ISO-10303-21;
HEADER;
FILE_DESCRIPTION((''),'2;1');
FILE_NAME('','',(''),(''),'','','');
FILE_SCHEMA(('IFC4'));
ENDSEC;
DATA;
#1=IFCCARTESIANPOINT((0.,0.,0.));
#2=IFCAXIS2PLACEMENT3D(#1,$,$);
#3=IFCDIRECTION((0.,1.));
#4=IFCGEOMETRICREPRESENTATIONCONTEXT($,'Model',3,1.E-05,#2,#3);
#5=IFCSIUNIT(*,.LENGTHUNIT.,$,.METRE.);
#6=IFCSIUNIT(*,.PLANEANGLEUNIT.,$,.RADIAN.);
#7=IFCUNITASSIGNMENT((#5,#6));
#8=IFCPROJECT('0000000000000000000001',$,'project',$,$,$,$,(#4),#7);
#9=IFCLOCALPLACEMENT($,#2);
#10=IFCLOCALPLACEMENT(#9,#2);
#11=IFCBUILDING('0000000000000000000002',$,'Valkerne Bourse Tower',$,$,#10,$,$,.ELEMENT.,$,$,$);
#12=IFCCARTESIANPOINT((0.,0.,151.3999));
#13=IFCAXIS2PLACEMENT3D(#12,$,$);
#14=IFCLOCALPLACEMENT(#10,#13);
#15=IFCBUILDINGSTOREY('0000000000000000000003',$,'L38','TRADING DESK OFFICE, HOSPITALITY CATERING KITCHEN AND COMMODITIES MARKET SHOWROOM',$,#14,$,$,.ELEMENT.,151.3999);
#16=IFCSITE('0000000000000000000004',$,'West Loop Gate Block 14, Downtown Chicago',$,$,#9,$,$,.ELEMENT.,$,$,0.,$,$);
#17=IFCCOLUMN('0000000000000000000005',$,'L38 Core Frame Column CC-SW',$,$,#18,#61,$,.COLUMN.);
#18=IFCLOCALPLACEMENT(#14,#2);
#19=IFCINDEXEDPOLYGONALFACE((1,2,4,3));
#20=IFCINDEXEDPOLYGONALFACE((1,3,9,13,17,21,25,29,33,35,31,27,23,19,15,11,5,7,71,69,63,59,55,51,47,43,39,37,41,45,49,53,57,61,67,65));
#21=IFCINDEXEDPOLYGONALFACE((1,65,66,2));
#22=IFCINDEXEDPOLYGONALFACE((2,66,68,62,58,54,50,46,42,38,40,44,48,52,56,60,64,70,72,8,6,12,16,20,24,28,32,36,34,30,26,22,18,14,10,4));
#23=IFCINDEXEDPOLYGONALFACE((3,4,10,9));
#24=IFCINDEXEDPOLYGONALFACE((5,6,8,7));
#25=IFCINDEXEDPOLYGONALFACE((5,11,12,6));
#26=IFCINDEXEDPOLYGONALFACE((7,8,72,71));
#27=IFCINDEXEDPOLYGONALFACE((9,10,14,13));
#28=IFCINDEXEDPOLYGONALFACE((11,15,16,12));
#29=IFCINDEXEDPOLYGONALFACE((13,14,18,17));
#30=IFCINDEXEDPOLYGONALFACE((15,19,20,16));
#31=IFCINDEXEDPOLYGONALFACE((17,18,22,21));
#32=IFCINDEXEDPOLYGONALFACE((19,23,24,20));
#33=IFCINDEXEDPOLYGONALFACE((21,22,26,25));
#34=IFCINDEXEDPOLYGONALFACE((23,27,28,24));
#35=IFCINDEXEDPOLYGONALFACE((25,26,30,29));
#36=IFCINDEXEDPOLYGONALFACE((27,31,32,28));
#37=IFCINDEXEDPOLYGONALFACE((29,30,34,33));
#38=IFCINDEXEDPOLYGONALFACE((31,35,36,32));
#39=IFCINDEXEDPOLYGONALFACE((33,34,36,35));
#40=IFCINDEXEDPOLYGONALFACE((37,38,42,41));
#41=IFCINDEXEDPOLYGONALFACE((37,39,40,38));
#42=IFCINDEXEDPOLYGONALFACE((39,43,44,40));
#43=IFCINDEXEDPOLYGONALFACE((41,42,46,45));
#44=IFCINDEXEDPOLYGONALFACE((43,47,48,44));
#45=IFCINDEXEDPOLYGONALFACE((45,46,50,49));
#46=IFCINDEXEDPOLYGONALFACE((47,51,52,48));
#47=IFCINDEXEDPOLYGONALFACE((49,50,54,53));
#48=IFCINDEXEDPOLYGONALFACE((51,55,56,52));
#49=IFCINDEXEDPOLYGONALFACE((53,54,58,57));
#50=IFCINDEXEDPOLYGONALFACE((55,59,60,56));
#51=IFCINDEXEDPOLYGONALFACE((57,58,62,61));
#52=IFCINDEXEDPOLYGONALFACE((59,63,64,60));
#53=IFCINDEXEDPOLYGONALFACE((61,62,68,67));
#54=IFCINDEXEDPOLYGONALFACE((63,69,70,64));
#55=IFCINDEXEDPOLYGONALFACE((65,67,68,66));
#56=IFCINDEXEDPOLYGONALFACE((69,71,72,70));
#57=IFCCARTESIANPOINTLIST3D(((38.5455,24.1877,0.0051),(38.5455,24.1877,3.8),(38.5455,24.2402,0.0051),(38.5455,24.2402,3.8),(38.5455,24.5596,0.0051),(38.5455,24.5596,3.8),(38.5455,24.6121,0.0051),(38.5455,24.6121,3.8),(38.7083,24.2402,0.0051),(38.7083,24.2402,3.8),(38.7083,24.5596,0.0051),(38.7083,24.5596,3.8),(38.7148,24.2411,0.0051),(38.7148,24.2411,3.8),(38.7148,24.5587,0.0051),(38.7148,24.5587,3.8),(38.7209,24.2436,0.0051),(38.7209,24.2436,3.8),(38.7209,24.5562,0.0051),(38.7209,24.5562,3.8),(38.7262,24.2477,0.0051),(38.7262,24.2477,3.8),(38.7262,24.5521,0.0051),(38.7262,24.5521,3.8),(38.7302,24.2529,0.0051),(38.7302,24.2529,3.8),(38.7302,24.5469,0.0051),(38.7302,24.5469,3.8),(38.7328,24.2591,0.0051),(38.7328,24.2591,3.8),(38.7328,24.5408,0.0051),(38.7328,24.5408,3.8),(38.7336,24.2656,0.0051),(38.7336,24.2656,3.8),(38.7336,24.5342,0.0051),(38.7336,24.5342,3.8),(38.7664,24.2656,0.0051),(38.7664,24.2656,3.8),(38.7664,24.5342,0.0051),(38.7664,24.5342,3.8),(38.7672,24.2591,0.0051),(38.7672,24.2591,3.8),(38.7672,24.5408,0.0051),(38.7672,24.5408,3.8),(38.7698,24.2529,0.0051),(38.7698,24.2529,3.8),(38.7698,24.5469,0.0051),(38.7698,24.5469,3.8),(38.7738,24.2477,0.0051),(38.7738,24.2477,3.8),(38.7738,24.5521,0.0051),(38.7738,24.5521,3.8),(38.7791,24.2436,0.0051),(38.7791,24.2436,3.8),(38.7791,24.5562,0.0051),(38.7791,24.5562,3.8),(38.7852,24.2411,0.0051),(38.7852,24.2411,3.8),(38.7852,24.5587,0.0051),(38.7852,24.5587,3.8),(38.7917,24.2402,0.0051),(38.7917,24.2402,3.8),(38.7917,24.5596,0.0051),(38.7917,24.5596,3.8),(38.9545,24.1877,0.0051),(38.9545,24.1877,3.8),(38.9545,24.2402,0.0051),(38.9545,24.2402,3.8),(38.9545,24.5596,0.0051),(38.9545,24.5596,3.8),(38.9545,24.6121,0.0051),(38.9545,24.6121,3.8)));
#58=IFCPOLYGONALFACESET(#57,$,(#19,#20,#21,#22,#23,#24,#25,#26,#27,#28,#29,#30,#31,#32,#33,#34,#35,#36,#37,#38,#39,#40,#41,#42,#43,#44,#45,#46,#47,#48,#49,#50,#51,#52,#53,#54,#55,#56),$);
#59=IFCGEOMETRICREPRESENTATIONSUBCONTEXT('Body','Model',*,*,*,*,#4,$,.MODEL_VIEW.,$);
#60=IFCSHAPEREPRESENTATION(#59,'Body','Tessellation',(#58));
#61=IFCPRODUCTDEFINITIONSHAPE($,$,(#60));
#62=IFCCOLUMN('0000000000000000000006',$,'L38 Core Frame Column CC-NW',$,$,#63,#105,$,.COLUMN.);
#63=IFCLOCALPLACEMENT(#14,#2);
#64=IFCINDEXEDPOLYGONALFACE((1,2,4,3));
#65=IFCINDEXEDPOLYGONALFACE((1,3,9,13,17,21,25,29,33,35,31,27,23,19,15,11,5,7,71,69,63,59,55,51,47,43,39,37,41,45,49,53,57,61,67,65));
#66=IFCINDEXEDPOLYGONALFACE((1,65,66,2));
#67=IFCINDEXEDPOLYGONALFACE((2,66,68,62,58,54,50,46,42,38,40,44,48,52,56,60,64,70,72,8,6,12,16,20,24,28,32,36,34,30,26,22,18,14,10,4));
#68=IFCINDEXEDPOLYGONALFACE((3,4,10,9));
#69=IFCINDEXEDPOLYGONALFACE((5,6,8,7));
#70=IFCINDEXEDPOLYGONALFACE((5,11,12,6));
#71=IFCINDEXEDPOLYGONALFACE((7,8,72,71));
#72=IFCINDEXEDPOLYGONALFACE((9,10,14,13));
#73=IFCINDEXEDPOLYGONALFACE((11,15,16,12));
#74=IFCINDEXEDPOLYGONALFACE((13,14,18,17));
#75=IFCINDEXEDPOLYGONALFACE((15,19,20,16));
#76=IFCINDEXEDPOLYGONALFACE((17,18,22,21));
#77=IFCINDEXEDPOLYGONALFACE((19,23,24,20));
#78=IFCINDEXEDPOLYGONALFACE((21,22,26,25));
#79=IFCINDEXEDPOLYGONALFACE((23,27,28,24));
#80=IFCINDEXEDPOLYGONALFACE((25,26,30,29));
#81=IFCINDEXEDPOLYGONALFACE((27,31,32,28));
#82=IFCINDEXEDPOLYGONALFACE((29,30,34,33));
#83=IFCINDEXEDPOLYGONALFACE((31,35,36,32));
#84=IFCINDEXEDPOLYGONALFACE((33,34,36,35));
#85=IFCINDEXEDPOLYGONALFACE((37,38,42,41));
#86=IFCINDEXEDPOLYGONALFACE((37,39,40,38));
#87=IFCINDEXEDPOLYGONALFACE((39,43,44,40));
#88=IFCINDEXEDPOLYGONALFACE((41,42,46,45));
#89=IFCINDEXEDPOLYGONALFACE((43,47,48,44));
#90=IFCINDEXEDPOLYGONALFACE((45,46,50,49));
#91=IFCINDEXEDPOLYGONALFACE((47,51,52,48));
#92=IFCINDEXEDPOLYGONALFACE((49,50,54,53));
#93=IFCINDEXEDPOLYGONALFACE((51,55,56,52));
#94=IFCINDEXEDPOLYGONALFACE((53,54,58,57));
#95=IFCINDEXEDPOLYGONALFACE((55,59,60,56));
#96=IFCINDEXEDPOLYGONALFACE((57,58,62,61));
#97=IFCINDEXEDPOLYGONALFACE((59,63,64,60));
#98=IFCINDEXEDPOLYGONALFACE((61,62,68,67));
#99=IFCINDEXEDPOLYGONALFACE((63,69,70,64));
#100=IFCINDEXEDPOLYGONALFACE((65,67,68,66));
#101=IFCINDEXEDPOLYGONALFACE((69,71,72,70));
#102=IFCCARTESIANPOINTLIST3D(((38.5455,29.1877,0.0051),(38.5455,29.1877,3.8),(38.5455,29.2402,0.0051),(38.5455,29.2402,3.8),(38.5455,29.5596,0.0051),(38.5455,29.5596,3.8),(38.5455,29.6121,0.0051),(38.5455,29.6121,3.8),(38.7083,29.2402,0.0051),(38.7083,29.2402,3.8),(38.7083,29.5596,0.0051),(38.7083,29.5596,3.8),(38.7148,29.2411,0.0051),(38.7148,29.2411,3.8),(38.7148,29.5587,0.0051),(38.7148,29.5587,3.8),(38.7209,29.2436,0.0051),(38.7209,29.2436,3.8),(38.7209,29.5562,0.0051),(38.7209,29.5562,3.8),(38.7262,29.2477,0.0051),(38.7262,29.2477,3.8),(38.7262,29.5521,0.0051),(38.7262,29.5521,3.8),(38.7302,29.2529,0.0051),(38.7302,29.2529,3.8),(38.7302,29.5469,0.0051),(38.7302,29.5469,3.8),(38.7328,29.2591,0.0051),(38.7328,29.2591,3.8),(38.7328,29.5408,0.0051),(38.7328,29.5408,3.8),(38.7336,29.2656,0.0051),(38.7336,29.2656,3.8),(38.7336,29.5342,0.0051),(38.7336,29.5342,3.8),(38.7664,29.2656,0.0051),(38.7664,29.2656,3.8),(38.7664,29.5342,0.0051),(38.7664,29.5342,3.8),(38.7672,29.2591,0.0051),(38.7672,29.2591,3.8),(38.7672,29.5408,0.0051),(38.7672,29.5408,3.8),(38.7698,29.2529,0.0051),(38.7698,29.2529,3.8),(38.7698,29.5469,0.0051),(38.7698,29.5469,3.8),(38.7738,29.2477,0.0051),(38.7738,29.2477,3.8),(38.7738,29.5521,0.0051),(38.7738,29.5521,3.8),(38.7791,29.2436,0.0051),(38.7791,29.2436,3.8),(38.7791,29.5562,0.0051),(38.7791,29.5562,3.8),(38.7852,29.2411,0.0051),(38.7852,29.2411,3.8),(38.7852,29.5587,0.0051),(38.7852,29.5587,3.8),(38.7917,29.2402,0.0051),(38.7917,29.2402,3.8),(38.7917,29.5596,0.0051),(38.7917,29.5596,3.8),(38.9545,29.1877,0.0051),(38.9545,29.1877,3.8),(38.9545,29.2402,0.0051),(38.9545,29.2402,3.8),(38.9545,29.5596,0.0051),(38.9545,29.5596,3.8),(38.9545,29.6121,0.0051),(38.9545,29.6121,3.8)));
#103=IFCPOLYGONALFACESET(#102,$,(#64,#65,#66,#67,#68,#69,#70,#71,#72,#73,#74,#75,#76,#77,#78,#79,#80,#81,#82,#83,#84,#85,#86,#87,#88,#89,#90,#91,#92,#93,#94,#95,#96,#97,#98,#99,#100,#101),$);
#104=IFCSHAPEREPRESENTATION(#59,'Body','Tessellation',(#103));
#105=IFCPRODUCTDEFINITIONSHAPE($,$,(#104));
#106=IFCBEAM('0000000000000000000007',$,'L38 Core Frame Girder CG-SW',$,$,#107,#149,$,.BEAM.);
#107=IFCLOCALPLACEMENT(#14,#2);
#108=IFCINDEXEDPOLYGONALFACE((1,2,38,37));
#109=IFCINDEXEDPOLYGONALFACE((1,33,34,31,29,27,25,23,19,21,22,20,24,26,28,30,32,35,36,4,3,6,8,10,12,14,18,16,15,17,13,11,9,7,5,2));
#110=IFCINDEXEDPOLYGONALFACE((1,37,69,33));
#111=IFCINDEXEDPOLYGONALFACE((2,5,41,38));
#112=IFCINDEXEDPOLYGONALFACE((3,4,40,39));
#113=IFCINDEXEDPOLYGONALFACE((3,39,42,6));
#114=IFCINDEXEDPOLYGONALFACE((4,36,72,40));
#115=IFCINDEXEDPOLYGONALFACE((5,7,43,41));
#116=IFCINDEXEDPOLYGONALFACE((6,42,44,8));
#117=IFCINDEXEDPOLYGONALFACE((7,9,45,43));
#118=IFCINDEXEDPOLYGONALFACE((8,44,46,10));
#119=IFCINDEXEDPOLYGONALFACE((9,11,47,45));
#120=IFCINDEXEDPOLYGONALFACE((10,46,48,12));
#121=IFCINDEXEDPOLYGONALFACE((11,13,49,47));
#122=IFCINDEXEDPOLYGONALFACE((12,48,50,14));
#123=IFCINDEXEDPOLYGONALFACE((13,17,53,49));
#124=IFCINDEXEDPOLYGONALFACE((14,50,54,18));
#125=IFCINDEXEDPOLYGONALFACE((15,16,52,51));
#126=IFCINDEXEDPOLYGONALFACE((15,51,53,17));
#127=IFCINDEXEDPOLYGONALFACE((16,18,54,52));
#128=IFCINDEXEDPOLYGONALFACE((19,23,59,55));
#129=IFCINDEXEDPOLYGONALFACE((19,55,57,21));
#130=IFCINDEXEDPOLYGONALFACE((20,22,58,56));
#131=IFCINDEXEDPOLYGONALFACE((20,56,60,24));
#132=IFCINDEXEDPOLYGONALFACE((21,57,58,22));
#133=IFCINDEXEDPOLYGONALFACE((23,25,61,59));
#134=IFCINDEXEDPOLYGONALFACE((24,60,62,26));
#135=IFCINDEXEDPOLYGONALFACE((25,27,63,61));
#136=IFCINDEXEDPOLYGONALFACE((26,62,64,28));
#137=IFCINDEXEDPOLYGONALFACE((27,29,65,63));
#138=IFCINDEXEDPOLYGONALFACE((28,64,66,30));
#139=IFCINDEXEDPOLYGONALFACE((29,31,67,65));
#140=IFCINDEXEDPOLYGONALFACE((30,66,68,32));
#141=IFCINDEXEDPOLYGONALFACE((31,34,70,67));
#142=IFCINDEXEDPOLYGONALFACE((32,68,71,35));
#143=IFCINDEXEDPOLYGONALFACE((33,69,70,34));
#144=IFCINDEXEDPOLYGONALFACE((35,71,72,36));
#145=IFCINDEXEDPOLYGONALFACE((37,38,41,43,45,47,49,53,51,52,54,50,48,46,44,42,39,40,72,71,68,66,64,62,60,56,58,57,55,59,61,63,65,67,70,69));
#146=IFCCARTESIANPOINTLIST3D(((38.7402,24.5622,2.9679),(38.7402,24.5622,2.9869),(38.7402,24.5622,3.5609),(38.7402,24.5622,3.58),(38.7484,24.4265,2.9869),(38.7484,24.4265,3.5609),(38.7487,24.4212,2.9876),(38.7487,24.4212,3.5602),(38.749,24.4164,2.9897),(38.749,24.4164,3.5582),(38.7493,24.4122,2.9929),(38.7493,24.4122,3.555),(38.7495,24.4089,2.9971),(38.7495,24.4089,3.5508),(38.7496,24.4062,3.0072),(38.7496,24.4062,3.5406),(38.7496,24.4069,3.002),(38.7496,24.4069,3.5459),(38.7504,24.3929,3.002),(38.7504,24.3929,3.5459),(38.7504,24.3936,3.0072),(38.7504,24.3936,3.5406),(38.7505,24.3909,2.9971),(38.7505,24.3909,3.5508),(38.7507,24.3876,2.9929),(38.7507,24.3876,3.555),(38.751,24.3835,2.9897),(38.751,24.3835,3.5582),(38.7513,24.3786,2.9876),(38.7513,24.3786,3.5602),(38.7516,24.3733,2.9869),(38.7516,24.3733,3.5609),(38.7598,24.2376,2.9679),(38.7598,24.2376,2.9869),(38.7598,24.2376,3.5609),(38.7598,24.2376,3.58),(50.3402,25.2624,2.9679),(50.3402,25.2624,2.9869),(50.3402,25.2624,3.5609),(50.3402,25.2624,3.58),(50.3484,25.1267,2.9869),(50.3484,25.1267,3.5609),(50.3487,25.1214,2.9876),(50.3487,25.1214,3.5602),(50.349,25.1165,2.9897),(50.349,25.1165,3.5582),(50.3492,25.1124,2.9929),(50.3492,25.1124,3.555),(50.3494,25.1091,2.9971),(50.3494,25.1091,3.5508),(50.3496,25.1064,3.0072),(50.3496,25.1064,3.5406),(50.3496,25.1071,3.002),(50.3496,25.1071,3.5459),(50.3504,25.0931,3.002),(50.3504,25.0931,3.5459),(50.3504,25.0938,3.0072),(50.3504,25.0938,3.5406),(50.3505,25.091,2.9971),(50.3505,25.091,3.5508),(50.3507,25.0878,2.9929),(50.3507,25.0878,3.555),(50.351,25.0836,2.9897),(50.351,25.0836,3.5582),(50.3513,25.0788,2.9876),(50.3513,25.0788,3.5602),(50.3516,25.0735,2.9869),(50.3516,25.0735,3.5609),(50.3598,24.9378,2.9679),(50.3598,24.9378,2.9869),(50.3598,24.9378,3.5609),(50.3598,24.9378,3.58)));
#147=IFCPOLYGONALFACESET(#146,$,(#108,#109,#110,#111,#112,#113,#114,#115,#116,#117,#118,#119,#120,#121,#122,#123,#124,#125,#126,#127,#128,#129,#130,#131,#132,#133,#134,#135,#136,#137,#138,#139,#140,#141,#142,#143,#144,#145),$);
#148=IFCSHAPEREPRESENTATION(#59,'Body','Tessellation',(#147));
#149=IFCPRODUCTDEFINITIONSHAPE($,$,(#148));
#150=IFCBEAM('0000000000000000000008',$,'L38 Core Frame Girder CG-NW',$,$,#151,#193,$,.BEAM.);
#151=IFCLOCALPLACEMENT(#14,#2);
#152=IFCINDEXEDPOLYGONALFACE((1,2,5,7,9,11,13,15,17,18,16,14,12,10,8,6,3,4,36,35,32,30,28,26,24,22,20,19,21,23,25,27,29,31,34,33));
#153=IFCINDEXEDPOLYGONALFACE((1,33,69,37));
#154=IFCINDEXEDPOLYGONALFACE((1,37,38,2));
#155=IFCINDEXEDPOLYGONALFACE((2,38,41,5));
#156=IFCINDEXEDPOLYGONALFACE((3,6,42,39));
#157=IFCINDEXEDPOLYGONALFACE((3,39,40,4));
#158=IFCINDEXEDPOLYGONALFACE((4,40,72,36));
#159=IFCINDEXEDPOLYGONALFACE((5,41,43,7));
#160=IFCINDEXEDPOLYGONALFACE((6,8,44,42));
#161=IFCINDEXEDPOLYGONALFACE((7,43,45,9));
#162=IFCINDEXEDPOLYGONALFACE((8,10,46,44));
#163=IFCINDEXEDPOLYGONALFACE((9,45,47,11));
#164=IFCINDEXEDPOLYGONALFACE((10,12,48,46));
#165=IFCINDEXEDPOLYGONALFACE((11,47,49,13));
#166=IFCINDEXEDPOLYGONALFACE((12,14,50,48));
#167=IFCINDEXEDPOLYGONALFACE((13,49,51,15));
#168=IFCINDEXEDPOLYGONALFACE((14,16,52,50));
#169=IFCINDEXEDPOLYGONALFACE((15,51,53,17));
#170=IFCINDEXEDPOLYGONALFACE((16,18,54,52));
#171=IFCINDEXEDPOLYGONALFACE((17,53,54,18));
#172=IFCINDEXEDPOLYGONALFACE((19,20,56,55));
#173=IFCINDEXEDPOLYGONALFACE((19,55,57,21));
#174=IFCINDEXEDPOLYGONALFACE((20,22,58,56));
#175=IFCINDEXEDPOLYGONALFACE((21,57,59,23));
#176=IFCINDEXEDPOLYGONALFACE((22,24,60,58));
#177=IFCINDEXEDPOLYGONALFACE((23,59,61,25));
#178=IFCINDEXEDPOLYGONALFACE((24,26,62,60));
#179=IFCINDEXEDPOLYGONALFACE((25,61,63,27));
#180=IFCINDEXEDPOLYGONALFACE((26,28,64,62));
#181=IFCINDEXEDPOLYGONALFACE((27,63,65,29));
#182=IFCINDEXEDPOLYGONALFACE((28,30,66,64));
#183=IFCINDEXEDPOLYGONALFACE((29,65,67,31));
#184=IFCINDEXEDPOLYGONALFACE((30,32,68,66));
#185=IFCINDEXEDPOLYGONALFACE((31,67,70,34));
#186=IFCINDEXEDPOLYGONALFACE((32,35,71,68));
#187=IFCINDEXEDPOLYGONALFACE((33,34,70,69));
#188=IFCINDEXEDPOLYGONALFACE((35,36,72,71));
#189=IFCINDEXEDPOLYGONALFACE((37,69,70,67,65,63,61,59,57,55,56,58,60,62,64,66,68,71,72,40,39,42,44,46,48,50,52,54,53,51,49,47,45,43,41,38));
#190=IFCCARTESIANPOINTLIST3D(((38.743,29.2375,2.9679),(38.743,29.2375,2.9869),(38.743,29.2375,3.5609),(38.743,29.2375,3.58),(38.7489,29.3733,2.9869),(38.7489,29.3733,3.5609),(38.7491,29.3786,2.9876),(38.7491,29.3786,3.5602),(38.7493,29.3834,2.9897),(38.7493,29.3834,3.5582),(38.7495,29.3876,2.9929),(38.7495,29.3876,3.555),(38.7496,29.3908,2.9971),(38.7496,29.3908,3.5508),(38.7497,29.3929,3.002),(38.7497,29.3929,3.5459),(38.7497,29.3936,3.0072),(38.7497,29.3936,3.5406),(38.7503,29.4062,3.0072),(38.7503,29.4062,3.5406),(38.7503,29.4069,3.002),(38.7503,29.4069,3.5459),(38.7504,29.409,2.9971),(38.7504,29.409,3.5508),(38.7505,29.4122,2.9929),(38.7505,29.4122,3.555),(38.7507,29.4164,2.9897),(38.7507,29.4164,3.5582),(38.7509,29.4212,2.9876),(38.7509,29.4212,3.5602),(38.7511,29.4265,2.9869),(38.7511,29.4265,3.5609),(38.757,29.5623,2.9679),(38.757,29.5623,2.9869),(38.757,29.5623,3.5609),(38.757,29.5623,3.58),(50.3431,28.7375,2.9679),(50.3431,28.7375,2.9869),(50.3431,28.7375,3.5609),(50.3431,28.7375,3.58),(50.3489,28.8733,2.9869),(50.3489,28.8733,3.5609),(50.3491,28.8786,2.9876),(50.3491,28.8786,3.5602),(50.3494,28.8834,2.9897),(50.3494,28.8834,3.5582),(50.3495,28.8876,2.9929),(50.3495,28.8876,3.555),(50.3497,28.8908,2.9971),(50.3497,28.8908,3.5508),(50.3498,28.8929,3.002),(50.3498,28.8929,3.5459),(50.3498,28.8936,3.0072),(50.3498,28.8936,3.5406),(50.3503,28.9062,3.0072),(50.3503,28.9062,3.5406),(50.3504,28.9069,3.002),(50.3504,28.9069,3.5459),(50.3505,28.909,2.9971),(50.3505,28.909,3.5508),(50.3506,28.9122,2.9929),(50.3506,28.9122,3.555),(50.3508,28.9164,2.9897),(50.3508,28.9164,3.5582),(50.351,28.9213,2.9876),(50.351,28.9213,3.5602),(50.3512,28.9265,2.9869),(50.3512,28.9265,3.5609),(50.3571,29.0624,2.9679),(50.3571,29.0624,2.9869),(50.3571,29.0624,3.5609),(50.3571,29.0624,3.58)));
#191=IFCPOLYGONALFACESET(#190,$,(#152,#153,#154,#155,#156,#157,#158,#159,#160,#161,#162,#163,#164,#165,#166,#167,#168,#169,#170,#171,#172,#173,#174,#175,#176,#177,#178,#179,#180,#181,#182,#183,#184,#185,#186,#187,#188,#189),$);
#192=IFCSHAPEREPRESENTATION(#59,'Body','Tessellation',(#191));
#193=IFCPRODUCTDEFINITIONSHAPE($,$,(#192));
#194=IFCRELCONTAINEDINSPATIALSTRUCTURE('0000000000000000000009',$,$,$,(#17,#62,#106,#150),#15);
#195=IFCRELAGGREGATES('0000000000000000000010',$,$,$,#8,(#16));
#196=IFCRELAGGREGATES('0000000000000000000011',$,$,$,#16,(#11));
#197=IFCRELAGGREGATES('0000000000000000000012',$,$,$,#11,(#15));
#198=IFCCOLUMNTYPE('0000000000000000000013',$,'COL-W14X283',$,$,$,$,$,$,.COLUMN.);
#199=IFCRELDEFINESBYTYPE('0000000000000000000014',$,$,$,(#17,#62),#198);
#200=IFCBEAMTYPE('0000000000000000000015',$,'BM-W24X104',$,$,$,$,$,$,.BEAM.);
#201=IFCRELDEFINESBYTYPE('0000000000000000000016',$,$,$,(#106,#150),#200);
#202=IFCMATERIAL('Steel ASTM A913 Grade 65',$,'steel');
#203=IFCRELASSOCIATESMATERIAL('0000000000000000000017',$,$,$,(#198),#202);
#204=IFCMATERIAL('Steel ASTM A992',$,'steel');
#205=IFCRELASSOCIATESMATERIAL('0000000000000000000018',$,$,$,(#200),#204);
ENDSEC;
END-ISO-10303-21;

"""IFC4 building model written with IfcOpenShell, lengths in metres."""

from ifc_helpers import new_model, si_unit, direction, frame, origin, origin_2d, place, context, subcontext, project, spatial, i_section, extrude, material, material_profile, profile_set, type_object, element, save


model = new_model("IFC4")

# Units and contexts
model_context = context("Model", 3, precision=1e-05, world=origin(), true_north=direction((0.0, 1.0)))
body_context = subcontext(model_context, "Body", "Model", "MODEL_VIEW")
ifc_project = project(units=[si_unit("LENGTHUNIT", "METRE"), si_unit("PLANEANGLEUNIT", "RADIAN")], contexts=[model_context])

# Site, building, storey
site_placement = place(None, origin())
site = spatial("IfcSite", under=ifc_project, at=site_placement, Name="West Loop Gate Block 14, Downtown Chicago", CompositionType="ELEMENT", RefElevation=0.0)
building_placement = place(site_placement, origin())
building = spatial("IfcBuilding", under=site, at=building_placement, Name="Valkerne Bourse Tower", CompositionType="ELEMENT")
storey_placement = place(building_placement, frame((0.0, 0.0, 151.3999)))
storey = spatial("IfcBuildingStorey", under=building, at=storey_placement, Name="L38", Description="TRADING DESK OFFICE, HOSPITALITY CATERING KITCHEN AND COMMODITIES MARKET SHOWROOM", CompositionType="ELEMENT", Elevation=151.3999)

# Columns
ifc_material_1 = material(Name="Steel ASTM A913 Grade 65", Category="steel")
ifc_material_profile_1 = material_profile(ifc_material_1, i_section(OverallWidth=0.4089, OverallDepth=0.4243, WebThickness=0.0327, FlangeThickness=0.0525, FilletRadius=0.0254, at=origin_2d()), Name="W14X283")
ifc_profile_set_1 = profile_set([ifc_material_profile_1], Name="Steel ASTM A913 Grade 65")
column_type = type_object("IfcColumnType", Name="COL-W14X283", PredefinedType="COLUMN", material=ifc_profile_set_1)
for number, where, z_axis, x_axis, name in (
    (1, (38.75, 24.3999, 0.0051), (0.0, 0.0, 1.0), (1.0, 0.0, 0.0), "L38 Core Frame Column CC-SW"),
    (2, (38.75, 29.3999, 0.0051), (0.0, 0.0, 1.0), (1.0, 0.0, 0.0), "L38 Core Frame Column CC-NW"),
):
    element("IfcColumn", number, at=place(storey_placement, frame(where, z_axis=z_axis, x_axis=x_axis)), inside=storey, type_object=column_type, Name=name, PredefinedType="COLUMN", context=body_context, shape_type="SweptSolid", body=[
        extrude(i_section(OverallWidth=0.4089, OverallDepth=0.4243, WebThickness=0.0327, FlangeThickness=0.0525, FilletRadius=0.0254, at=origin_2d()), origin(), (0.0, 0.0, 1.0), 3.7949),
    ])

# Beams
ifc_material_2 = material(Name="Steel ASTM A992", Category="steel")
ifc_material_profile_2 = material_profile(ifc_material_2, i_section(OverallWidth=0.3252, OverallDepth=0.6121, WebThickness=0.0127, FlangeThickness=0.019, FilletRadius=0.0203, at=origin_2d()), Name="W24X104")
ifc_profile_set_2 = profile_set([ifc_material_profile_2], Name="Steel ASTM A992")
beam_type = type_object("IfcBeamType", Name="BM-W24X104", PredefinedType="BEAM", material=ifc_profile_set_2)
beam_1_placement = place(storey_placement, frame((38.75, 24.3999, 3.2739), z_axis=(0.998183, 0.060251, 0.0), x_axis=(-0.060251, 0.998183, 0.0)))
element("IfcBeam", 3, at=beam_1_placement, inside=storey, type_object=beam_type, Name="L38 Core Frame Girder CG-SW", PredefinedType="BEAM", context=body_context, shape_type="SweptSolid", body=[
    extrude(i_section(OverallWidth=0.3252, OverallDepth=0.6121, WebThickness=0.0127, FlangeThickness=0.019, FilletRadius=0.0203, at=origin_2d()), origin(), (0.0, 0.0, 1.0), 11.6211),
])
beam_2_placement = place(storey_placement, frame((38.75, 29.3999, 3.2739), z_axis=(0.999072, -0.043063, 0.0), x_axis=(0.043063, 0.999072, 0.0)))
element("IfcBeam", 4, at=beam_2_placement, inside=storey, type_object=beam_type, Name="L38 Core Frame Girder CG-NW", PredefinedType="BEAM", context=body_context, shape_type="SweptSolid", body=[
    extrude(i_section(OverallWidth=0.3252, OverallDepth=0.6121, WebThickness=0.0127, FlangeThickness=0.019, FilletRadius=0.0203, at=origin_2d()), origin(), (0.0, 0.0, 1.0), 11.6108),
])

save(model, "model.ifc")
